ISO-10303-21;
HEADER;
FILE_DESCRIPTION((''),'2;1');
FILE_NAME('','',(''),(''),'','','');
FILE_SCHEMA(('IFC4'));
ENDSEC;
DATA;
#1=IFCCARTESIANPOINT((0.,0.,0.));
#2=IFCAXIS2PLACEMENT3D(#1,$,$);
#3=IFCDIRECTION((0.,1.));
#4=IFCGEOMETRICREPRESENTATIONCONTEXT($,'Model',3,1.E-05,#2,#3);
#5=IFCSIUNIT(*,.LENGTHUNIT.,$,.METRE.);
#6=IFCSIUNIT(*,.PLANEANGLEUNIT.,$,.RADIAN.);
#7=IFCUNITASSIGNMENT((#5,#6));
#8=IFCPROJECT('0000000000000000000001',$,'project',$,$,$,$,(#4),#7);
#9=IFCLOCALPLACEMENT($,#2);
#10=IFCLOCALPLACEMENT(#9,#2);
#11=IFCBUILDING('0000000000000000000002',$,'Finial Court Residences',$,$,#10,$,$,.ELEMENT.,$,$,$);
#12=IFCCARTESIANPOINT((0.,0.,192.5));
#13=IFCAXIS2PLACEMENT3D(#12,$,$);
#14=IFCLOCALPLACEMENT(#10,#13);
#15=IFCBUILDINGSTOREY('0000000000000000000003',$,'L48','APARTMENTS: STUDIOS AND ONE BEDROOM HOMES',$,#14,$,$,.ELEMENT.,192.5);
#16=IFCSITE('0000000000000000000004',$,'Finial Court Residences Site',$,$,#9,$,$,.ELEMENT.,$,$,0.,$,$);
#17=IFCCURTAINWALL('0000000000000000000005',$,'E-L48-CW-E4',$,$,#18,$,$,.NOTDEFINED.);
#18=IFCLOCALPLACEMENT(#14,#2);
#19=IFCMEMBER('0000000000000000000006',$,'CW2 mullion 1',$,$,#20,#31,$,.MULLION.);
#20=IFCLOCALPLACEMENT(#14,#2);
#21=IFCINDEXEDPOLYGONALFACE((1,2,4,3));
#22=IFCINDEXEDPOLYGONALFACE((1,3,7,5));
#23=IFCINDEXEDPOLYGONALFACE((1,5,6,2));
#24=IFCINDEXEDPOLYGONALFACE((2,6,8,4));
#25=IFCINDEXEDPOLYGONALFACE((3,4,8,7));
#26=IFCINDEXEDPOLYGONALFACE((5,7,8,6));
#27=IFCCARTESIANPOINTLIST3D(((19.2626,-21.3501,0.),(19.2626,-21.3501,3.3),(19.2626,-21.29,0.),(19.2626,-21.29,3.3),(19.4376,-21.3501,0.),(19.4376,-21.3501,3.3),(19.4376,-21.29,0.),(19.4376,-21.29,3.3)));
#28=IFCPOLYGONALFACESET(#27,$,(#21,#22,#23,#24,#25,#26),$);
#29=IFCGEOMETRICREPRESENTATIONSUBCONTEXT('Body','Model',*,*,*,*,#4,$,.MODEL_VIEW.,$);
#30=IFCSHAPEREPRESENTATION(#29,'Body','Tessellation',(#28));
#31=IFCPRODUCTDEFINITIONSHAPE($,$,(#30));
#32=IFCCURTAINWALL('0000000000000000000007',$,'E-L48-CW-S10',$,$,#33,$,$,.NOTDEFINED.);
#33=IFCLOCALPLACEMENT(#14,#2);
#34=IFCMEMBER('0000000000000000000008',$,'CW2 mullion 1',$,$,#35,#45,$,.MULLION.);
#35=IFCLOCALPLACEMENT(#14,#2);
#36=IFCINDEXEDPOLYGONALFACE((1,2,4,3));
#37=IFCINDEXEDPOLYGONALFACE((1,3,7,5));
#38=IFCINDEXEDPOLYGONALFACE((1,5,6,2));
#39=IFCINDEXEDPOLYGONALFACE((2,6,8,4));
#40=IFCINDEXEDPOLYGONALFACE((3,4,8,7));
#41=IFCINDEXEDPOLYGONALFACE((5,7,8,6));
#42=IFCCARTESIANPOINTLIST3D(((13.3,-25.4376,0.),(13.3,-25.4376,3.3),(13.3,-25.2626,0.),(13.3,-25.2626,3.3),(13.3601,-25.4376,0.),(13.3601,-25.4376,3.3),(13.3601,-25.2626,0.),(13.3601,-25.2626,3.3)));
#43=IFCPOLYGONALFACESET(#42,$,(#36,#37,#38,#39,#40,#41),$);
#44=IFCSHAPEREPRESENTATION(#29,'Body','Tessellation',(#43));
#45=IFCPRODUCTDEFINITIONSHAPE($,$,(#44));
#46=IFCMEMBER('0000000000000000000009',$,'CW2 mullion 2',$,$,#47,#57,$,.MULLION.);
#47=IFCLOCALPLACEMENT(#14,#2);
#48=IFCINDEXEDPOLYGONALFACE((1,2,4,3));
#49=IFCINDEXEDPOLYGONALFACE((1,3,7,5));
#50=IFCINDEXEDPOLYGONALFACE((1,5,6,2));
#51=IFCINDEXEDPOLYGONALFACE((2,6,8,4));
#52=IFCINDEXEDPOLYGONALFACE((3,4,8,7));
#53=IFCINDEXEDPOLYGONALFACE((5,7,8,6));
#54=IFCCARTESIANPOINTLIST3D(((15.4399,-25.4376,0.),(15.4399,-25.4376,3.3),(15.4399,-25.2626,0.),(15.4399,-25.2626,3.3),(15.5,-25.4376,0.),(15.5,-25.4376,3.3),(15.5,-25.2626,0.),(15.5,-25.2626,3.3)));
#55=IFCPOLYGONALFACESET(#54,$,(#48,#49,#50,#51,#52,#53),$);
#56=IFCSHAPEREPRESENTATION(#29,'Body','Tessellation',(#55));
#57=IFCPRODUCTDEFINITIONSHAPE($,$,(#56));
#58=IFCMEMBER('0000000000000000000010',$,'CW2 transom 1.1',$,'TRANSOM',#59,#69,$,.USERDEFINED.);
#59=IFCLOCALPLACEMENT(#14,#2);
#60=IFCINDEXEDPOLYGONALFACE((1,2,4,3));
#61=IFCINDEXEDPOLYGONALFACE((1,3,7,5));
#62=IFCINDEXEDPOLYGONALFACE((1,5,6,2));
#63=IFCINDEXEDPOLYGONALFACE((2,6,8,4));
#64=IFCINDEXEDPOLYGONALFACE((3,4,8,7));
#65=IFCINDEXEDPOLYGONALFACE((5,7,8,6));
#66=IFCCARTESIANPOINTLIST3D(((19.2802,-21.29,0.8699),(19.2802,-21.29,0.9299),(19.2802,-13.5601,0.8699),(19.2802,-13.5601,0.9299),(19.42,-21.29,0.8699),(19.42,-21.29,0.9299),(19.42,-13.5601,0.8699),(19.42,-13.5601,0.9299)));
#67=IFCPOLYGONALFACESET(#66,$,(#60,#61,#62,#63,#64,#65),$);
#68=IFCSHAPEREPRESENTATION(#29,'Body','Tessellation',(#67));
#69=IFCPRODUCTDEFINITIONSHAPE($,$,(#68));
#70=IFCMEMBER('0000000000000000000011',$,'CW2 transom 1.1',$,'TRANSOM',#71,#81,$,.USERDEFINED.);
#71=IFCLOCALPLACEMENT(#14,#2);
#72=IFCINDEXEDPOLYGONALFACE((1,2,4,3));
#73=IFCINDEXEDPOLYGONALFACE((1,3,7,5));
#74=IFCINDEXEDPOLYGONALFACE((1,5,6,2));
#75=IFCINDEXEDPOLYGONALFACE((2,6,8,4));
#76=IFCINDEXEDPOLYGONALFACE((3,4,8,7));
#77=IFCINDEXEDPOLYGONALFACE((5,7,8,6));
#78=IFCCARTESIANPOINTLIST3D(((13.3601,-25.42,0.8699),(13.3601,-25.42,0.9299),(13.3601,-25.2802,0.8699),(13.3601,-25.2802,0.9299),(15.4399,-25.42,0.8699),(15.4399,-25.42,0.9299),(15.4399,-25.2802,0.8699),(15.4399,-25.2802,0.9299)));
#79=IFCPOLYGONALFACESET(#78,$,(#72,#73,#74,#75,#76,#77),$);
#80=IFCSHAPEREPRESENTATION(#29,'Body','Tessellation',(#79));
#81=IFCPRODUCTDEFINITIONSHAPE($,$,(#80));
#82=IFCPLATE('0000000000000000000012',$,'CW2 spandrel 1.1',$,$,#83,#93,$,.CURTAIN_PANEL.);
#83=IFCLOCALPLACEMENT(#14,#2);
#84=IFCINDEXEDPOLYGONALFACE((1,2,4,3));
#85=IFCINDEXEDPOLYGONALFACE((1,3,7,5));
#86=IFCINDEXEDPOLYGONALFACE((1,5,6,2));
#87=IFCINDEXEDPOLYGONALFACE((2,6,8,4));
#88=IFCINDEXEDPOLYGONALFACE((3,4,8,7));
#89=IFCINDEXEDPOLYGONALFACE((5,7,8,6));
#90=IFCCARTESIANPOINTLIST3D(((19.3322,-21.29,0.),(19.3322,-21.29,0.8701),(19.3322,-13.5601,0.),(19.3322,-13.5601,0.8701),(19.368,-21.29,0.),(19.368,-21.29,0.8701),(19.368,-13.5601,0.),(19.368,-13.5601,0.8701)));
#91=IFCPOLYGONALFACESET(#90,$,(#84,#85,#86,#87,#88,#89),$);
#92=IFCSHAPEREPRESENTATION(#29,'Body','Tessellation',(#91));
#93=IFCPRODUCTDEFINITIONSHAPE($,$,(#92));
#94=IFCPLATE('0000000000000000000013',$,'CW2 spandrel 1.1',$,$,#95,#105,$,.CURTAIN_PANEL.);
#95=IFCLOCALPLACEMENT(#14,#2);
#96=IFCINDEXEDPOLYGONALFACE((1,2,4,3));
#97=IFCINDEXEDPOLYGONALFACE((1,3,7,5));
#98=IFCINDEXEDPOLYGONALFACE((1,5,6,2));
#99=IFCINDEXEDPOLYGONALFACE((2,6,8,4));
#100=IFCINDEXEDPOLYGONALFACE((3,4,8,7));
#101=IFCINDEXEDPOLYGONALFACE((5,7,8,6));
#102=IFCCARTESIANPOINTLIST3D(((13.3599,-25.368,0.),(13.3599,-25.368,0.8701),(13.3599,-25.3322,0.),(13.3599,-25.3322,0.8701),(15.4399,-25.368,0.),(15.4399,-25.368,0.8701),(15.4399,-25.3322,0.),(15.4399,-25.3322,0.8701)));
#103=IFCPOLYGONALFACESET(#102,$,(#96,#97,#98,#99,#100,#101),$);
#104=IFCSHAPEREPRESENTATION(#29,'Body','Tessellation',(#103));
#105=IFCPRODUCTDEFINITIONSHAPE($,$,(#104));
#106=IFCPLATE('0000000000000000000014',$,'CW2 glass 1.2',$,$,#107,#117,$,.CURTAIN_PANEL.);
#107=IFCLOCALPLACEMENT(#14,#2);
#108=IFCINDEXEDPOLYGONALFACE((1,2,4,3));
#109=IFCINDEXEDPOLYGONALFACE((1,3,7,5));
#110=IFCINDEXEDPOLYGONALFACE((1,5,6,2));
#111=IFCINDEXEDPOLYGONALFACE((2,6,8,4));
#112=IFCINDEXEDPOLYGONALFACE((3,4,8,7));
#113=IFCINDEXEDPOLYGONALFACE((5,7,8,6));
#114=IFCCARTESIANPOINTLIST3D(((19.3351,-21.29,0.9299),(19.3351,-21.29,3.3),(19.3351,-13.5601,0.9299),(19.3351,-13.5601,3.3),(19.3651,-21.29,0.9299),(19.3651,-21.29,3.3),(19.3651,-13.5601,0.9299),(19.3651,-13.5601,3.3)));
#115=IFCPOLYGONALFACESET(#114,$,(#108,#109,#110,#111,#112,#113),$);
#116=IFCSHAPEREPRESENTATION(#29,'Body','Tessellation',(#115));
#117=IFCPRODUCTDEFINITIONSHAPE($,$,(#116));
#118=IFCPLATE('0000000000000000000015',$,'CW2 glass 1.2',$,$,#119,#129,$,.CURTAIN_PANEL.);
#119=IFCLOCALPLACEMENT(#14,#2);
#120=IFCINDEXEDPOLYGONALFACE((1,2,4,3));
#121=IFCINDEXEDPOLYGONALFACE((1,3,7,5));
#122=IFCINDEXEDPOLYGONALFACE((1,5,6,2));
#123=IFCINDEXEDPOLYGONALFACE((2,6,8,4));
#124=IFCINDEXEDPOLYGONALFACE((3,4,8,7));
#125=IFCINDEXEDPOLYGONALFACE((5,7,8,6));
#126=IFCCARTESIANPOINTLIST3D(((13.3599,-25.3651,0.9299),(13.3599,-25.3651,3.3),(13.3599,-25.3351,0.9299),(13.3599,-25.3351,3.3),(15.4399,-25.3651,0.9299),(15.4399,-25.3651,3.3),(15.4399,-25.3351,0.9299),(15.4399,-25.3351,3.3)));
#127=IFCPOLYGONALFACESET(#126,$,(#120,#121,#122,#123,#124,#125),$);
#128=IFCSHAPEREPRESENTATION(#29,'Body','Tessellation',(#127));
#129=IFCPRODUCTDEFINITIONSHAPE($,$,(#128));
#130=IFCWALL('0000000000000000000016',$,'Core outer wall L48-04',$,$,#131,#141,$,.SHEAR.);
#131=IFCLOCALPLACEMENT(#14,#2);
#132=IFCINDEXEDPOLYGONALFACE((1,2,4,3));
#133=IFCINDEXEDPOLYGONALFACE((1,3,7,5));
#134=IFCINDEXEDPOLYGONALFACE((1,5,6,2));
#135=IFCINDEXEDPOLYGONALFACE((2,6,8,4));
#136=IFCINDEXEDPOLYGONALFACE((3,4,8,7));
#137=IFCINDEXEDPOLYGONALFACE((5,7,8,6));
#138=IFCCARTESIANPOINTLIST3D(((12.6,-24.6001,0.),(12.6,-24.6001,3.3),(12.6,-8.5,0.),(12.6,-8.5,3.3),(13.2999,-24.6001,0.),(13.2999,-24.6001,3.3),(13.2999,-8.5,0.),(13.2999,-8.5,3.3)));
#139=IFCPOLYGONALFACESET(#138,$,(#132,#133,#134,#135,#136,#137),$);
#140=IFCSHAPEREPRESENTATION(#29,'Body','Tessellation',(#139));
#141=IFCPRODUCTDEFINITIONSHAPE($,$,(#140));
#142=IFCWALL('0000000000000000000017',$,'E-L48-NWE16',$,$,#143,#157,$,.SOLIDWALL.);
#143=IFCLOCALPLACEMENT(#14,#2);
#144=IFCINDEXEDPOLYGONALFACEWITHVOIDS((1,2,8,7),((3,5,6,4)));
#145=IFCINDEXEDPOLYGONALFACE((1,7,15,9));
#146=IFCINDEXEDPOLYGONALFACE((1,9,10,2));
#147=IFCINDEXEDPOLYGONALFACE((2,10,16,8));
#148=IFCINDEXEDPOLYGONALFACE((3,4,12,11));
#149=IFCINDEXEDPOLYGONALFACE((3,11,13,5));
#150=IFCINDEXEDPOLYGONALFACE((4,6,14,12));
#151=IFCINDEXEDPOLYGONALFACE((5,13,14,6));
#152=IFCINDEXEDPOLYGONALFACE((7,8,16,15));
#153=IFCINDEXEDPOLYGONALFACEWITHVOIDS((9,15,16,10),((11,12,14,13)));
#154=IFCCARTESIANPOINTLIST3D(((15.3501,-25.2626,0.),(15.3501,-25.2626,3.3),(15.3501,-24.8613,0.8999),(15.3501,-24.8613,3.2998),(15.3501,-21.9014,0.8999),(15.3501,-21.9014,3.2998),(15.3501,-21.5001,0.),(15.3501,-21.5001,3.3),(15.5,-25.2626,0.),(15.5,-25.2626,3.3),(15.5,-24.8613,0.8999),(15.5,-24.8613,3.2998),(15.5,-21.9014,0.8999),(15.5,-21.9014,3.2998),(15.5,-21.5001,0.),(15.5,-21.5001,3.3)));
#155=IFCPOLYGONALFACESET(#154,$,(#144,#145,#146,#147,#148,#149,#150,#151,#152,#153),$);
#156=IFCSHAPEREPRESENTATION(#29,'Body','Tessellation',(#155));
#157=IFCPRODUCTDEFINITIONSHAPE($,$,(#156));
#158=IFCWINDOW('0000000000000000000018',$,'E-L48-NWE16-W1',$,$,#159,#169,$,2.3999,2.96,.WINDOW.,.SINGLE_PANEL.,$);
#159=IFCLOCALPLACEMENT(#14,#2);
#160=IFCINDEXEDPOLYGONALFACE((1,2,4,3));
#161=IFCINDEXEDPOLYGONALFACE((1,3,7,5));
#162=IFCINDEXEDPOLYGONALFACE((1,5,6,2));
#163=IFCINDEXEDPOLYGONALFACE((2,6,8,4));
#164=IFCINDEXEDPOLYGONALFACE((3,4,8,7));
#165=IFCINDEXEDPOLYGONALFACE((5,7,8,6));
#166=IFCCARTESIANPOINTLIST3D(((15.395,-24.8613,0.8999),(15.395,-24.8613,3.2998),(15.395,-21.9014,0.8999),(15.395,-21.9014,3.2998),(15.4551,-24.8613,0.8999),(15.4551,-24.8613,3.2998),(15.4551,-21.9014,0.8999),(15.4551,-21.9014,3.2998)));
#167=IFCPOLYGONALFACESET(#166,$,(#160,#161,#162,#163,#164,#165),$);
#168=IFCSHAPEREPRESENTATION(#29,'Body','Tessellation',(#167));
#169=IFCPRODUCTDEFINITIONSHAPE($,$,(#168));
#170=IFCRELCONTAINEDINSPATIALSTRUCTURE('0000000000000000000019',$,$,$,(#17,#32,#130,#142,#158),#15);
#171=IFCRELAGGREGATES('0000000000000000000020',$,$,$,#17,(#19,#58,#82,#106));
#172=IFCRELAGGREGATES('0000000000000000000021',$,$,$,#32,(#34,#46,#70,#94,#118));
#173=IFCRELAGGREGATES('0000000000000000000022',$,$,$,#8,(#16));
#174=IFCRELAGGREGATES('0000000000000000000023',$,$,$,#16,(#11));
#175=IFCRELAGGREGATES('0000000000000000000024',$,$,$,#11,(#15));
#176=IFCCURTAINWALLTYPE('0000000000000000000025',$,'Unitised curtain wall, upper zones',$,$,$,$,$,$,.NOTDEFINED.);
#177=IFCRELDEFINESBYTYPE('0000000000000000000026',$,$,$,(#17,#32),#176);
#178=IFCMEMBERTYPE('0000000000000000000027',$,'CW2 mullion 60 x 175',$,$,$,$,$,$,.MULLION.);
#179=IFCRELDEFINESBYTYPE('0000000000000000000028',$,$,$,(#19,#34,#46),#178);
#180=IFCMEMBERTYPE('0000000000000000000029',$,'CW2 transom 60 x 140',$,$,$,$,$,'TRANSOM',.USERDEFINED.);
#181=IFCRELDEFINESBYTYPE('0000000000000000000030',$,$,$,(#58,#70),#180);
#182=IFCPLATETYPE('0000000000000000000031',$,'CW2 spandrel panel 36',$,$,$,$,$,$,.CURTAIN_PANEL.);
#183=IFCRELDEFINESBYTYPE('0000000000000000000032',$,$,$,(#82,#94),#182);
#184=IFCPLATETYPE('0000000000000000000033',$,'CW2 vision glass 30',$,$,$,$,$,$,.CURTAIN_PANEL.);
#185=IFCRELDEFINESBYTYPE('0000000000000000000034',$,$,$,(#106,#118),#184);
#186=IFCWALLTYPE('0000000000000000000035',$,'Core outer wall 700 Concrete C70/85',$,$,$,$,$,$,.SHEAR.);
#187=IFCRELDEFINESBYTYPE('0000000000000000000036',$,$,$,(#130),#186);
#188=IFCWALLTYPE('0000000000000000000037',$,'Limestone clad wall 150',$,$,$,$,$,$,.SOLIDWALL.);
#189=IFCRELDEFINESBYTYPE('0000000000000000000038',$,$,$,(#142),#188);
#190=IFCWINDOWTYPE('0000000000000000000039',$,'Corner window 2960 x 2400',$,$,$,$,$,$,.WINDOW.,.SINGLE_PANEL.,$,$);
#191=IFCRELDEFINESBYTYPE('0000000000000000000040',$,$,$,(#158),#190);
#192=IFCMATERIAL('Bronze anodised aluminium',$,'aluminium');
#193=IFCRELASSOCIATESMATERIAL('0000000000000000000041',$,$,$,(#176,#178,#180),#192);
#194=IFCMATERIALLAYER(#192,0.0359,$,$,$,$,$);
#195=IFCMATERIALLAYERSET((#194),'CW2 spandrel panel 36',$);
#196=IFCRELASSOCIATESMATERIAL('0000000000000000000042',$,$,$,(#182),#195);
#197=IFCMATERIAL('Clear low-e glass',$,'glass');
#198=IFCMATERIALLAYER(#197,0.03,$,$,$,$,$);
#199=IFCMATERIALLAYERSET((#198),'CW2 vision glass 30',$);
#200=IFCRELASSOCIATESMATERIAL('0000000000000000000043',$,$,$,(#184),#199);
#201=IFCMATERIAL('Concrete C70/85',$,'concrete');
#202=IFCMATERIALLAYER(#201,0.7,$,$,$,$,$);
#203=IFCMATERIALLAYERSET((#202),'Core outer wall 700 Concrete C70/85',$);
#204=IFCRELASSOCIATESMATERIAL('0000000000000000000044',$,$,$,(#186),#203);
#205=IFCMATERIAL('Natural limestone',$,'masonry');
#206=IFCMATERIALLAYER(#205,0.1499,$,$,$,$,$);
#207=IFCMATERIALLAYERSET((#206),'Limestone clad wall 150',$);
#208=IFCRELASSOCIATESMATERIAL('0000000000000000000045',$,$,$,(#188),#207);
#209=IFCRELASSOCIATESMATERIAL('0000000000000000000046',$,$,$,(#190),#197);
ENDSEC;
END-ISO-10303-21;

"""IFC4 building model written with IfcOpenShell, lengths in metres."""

from ifc_helpers import new_model, si_unit, direction, frame, frame_2d, origin, origin_2d, place, context, subcontext, project, spatial, rectangle, extrude, material, layer, layer_set, material_profile, profile_set, type_object, element, fill, aggregate, save


model = new_model("IFC4")

# Units and contexts
model_context = context("Model", 3, precision=1e-05, world=origin(), true_north=direction((0.0, 1.0)))
body_context = subcontext(model_context, "Body", "Model", "MODEL_VIEW")
ifc_project = project(units=[si_unit("LENGTHUNIT", "METRE"), si_unit("PLANEANGLEUNIT", "RADIAN")], contexts=[model_context])

# Site, building, storey
site_placement = place(None, origin())
site = spatial("IfcSite", under=ifc_project, at=site_placement, Name="Finial Court Residences Site", CompositionType="ELEMENT", RefElevation=0.0)
building_placement = place(site_placement, origin())
building = spatial("IfcBuilding", under=site, at=building_placement, Name="Finial Court Residences", CompositionType="ELEMENT")
storey_placement = place(building_placement, frame((0.0, 0.0, 192.5)))
storey = spatial("IfcBuildingStorey", under=building, at=storey_placement, Name="L48", Description="APARTMENTS: STUDIOS AND ONE BEDROOM HOMES", CompositionType="ELEMENT", Elevation=192.5)

# Curtain wall, member
ifc_material_1 = material(Name="Bronze anodised aluminium", Category="aluminium")
curtain_wall_type = type_object("IfcCurtainWallType", Name="Unitised curtain wall, upper zones", PredefinedType="NOTDEFINED", material=ifc_material_1)
curtain_wall_1_placement = place(storey_placement, origin())
curtain_wall_1 = element("IfcCurtainWall", 1, at=curtain_wall_1_placement, inside=storey, type_object=curtain_wall_type, Name="E-L48-CW-E4", PredefinedType="NOTDEFINED")
ifc_material_profile_1 = material_profile(ifc_material_1, rectangle(XDim=0.175, YDim=0.0601, at=origin_2d()), Name="CW2 mullion 60 x 175")
ifc_profile_set_1 = profile_set([ifc_material_profile_1], Name="Bronze anodised aluminium")
member_type_1 = type_object("IfcMemberType", Name="CW2 mullion 60 x 175", PredefinedType="MULLION", material=ifc_profile_set_1)
member_1_placement = place(storey_placement, frame((19.3501, -21.3201, 0.0), z_axis=(0.0, 0.0, 1.0), x_axis=(-1.0, 0.0, 0.0)))
member_1 = element("IfcMember", 2, at=member_1_placement, type_object=member_type_1, Name="CW2 mullion 1", PredefinedType="MULLION", context=body_context, shape_type="SweptSolid", body=[
    extrude(rectangle(XDim=0.175, YDim=0.0601, at=origin_2d()), origin(), (0.0, 0.0, 1.0), 3.3),
])

# Curtain wall, members
curtain_wall_2_placement = place(storey_placement, origin())
curtain_wall_2 = element("IfcCurtainWall", 3, at=curtain_wall_2_placement, inside=storey, type_object=curtain_wall_type, Name="E-L48-CW-S10", PredefinedType="NOTDEFINED")
member_2_placement = place(storey_placement, frame((13.3301, -25.3501, 0.0), z_axis=(0.0, 0.0, 1.0), x_axis=(0.0, 1.0, 0.0)))
member_2 = element("IfcMember", 4, at=member_2_placement, type_object=member_type_1, Name="CW2 mullion 1", PredefinedType="MULLION", context=body_context, shape_type="SweptSolid", body=[
    extrude(rectangle(XDim=0.175, YDim=0.0601, at=origin_2d()), origin(), (0.0, 0.0, 1.0), 3.3),
])
member_3_placement = place(storey_placement, frame((15.47, -25.3501, 0.0), z_axis=(0.0, 0.0, 1.0), x_axis=(0.0, 1.0, 0.0)))
member_3 = element("IfcMember", 5, at=member_3_placement, type_object=member_type_1, Name="CW2 mullion 2", PredefinedType="MULLION", context=body_context, shape_type="SweptSolid", body=[
    extrude(rectangle(XDim=0.175, YDim=0.0601, at=origin_2d()), origin(), (0.0, 0.0, 1.0), 3.3),
])

# Members
ifc_material_profile_2 = material_profile(ifc_material_1, rectangle(XDim=0.1399, YDim=0.0601, at=origin_2d()), Name="CW2 transom 60 x 140")
ifc_profile_set_2 = profile_set([ifc_material_profile_2], Name="Bronze anodised aluminium")
member_type_2 = type_object("IfcMemberType", Name="CW2 transom 60 x 140", ElementType="TRANSOM", PredefinedType="USERDEFINED", material=ifc_profile_set_2)
member_4_placement = place(storey_placement, frame((19.3501, -21.29, 0.8999), z_axis=(0.0, 1.0, 0.0), x_axis=(-1.0, 0.0, 0.0)))
member_4 = element("IfcMember", 6, at=member_4_placement, type_object=member_type_2, Name="CW2 transom 1.1", ObjectType="TRANSOM", PredefinedType="USERDEFINED", context=body_context, shape_type="SweptSolid", body=[
    extrude(rectangle(XDim=0.1399, YDim=0.0601, at=origin_2d()), origin(), (0.0, 0.0, 1.0), 7.73),
])
member_5_placement = place(storey_placement, frame((13.3601, -25.3501, 0.8999), z_axis=(1.0, 0.0, 0.0), x_axis=(0.0, 1.0, 0.0)))
member_5 = element("IfcMember", 7, at=member_5_placement, type_object=member_type_2, Name="CW2 transom 1.1", ObjectType="TRANSOM", PredefinedType="USERDEFINED", context=body_context, shape_type="SweptSolid", body=[
    extrude(rectangle(XDim=0.1399, YDim=0.0601, at=origin_2d()), origin(), (0.0, 0.0, 1.0), 2.0798),
])

# Plates
ifc_layer_1 = layer(ifc_material_1, 0.0359)
ifc_layer_set_1 = layer_set([ifc_layer_1], Name="CW2 spandrel panel 36")
plate_type_1 = type_object("IfcPlateType", Name="CW2 spandrel panel 36", PredefinedType="CURTAIN_PANEL", material=ifc_layer_set_1)
plate_1_placement = place(storey_placement, frame((19.3501, -17.425, 0.0), z_axis=(0.0, 0.0, 1.0), x_axis=(0.0, 1.0, 0.0)))
plate_1 = element("IfcPlate", 8, at=plate_1_placement, type_object=plate_type_1, Name="CW2 spandrel 1.1", PredefinedType="CURTAIN_PANEL", context=body_context, shape_type="SweptSolid", body=[
    extrude(rectangle(XDim=7.73, YDim=0.0359, at=origin_2d()), origin(), (0.0, 0.0, 1.0), 0.8701),
])
plate_2_placement = place(storey_placement, frame((14.3999, -25.3501, 0.0), z_axis=(0.0, 0.0, 1.0), x_axis=(1.0, 0.0, 0.0)))
plate_2 = element("IfcPlate", 9, at=plate_2_placement, type_object=plate_type_1, Name="CW2 spandrel 1.1", PredefinedType="CURTAIN_PANEL", context=body_context, shape_type="SweptSolid", body=[
    extrude(rectangle(XDim=2.0801, YDim=0.0359, at=origin_2d()), origin(), (0.0, 0.0, 1.0), 0.8701),
])
ifc_material_2 = material(Name="Clear low-e glass", Category="glass")
ifc_layer_2 = layer(ifc_material_2, 0.03)
ifc_layer_set_2 = layer_set([ifc_layer_2], Name="CW2 vision glass 30")
plate_type_2 = type_object("IfcPlateType", Name="CW2 vision glass 30", PredefinedType="CURTAIN_PANEL", material=ifc_layer_set_2)
plate_3_placement = place(storey_placement, frame((19.3501, -17.425, 0.9299), z_axis=(0.0, 0.0, 1.0), x_axis=(0.0, 1.0, 0.0)))
plate_3 = element("IfcPlate", 10, at=plate_3_placement, type_object=plate_type_2, Name="CW2 glass 1.2", PredefinedType="CURTAIN_PANEL", context=body_context, shape_type="SweptSolid", body=[
    extrude(rectangle(XDim=7.73, YDim=0.03, at=origin_2d()), origin(), (0.0, 0.0, 1.0), 2.3701),
])
aggregate(curtain_wall_1, [member_1, member_4, plate_1, plate_3])
plate_4_placement = place(storey_placement, frame((14.3999, -25.3501, 0.9299), z_axis=(0.0, 0.0, 1.0), x_axis=(1.0, 0.0, 0.0)))
plate_4 = element("IfcPlate", 11, at=plate_4_placement, type_object=plate_type_2, Name="CW2 glass 1.2", PredefinedType="CURTAIN_PANEL", context=body_context, shape_type="SweptSolid", body=[
    extrude(rectangle(XDim=2.0801, YDim=0.03, at=origin_2d()), origin(), (0.0, 0.0, 1.0), 2.3701),
])
aggregate(curtain_wall_2, [member_2, member_3, member_5, plate_2, plate_4])

# Wall
ifc_material_3 = material(Name="Concrete C70/85", Category="concrete")
ifc_layer_3 = layer(ifc_material_3, 0.7)
ifc_layer_set_3 = layer_set([ifc_layer_3], Name="Core outer wall 700 Concrete C70/85")
wall_type_1 = type_object("IfcWallType", Name="Core outer wall 700 Concrete C70/85", PredefinedType="SHEAR", material=ifc_layer_set_3)
wall_1_placement = place(storey_placement, frame((12.95, -24.6001, 0.0), z_axis=(0.0, 0.0, 1.0), x_axis=(0.0, 1.0, 0.0)))
element("IfcWall", 12, at=wall_1_placement, inside=storey, type_object=wall_type_1, Name="Core outer wall L48-04", PredefinedType="SHEAR", context=body_context, shape_type="SweptSolid", body=[
    extrude(rectangle(XDim=16.1001, YDim=0.7, at=frame_2d((8.05, 0.0))), origin(), (0.0, 0.0, 1.0), 3.3),
])

# Wall, opening, window
ifc_material_4 = material(Name="Natural limestone", Category="masonry")
ifc_layer_4 = layer(ifc_material_4, 0.1499)
ifc_layer_set_4 = layer_set([ifc_layer_4], Name="Limestone clad wall 150")
wall_type_2 = type_object("IfcWallType", Name="Limestone clad wall 150", PredefinedType="SOLIDWALL", material=ifc_layer_set_4)
wall_2_placement = place(storey_placement, frame((15.425, -21.5, 0.0), z_axis=(0.0, 0.0, 1.0), x_axis=(0.0, -1.0, 0.0)))
wall_2 = element("IfcWall", 13, at=wall_2_placement, inside=storey, type_object=wall_type_2, Name="E-L48-NWE16", PredefinedType="SOLIDWALL", context=body_context, shape_type="SweptSolid", body=[
    extrude(rectangle(XDim=3.7625, YDim=0.1499, at=frame_2d((1.8813, 0.0))), origin(), (0.0, 0.0, 1.0), 3.3),
])
opening_1_placement = place(wall_2_placement, frame((0.4014, 0.0, 0.8999)))
opening_1 = element("IfcOpeningElement", 14, at=opening_1_placement, cuts=wall_2, PredefinedType="OPENING", context=body_context, shape_type="SweptSolid", body=[
    extrude(rectangle(XDim=2.96, YDim=2.3999, at=frame_2d((1.48, 1.2))), frame((0.0, 0.085, 0.0), z_axis=(0.0, -1.0, 0.0), x_axis=(1.0, 0.0, 0.0)), (0.0, 0.0, 1.0), 0.1699),
])
window_type_1 = type_object("IfcWindowType", Name="Corner window 2960 x 2400", PartitioningType="SINGLE_PANEL", PredefinedType="WINDOW", material=ifc_material_2)
window_1_placement = place(opening_1_placement, origin())
window_1 = element("IfcWindow", 15, at=window_1_placement, inside=storey, type_object=window_type_1, Name="E-L48-NWE16-W1", OverallHeight=2.3999, OverallWidth=2.96, PartitioningType="SINGLE_PANEL", PredefinedType="WINDOW", context=body_context, shape_type="SweptSolid", body=[
    extrude(rectangle(XDim=2.96, YDim=2.3999, at=frame_2d((1.48, 1.2))), frame((0.0, 0.03, 0.0), z_axis=(0.0, -1.0, 0.0), x_axis=(1.0, 0.0, 0.0)), (0.0, 0.0, 1.0), 0.0601),
])
fill(opening_1, window_1)

save(model, "model.ifc")
